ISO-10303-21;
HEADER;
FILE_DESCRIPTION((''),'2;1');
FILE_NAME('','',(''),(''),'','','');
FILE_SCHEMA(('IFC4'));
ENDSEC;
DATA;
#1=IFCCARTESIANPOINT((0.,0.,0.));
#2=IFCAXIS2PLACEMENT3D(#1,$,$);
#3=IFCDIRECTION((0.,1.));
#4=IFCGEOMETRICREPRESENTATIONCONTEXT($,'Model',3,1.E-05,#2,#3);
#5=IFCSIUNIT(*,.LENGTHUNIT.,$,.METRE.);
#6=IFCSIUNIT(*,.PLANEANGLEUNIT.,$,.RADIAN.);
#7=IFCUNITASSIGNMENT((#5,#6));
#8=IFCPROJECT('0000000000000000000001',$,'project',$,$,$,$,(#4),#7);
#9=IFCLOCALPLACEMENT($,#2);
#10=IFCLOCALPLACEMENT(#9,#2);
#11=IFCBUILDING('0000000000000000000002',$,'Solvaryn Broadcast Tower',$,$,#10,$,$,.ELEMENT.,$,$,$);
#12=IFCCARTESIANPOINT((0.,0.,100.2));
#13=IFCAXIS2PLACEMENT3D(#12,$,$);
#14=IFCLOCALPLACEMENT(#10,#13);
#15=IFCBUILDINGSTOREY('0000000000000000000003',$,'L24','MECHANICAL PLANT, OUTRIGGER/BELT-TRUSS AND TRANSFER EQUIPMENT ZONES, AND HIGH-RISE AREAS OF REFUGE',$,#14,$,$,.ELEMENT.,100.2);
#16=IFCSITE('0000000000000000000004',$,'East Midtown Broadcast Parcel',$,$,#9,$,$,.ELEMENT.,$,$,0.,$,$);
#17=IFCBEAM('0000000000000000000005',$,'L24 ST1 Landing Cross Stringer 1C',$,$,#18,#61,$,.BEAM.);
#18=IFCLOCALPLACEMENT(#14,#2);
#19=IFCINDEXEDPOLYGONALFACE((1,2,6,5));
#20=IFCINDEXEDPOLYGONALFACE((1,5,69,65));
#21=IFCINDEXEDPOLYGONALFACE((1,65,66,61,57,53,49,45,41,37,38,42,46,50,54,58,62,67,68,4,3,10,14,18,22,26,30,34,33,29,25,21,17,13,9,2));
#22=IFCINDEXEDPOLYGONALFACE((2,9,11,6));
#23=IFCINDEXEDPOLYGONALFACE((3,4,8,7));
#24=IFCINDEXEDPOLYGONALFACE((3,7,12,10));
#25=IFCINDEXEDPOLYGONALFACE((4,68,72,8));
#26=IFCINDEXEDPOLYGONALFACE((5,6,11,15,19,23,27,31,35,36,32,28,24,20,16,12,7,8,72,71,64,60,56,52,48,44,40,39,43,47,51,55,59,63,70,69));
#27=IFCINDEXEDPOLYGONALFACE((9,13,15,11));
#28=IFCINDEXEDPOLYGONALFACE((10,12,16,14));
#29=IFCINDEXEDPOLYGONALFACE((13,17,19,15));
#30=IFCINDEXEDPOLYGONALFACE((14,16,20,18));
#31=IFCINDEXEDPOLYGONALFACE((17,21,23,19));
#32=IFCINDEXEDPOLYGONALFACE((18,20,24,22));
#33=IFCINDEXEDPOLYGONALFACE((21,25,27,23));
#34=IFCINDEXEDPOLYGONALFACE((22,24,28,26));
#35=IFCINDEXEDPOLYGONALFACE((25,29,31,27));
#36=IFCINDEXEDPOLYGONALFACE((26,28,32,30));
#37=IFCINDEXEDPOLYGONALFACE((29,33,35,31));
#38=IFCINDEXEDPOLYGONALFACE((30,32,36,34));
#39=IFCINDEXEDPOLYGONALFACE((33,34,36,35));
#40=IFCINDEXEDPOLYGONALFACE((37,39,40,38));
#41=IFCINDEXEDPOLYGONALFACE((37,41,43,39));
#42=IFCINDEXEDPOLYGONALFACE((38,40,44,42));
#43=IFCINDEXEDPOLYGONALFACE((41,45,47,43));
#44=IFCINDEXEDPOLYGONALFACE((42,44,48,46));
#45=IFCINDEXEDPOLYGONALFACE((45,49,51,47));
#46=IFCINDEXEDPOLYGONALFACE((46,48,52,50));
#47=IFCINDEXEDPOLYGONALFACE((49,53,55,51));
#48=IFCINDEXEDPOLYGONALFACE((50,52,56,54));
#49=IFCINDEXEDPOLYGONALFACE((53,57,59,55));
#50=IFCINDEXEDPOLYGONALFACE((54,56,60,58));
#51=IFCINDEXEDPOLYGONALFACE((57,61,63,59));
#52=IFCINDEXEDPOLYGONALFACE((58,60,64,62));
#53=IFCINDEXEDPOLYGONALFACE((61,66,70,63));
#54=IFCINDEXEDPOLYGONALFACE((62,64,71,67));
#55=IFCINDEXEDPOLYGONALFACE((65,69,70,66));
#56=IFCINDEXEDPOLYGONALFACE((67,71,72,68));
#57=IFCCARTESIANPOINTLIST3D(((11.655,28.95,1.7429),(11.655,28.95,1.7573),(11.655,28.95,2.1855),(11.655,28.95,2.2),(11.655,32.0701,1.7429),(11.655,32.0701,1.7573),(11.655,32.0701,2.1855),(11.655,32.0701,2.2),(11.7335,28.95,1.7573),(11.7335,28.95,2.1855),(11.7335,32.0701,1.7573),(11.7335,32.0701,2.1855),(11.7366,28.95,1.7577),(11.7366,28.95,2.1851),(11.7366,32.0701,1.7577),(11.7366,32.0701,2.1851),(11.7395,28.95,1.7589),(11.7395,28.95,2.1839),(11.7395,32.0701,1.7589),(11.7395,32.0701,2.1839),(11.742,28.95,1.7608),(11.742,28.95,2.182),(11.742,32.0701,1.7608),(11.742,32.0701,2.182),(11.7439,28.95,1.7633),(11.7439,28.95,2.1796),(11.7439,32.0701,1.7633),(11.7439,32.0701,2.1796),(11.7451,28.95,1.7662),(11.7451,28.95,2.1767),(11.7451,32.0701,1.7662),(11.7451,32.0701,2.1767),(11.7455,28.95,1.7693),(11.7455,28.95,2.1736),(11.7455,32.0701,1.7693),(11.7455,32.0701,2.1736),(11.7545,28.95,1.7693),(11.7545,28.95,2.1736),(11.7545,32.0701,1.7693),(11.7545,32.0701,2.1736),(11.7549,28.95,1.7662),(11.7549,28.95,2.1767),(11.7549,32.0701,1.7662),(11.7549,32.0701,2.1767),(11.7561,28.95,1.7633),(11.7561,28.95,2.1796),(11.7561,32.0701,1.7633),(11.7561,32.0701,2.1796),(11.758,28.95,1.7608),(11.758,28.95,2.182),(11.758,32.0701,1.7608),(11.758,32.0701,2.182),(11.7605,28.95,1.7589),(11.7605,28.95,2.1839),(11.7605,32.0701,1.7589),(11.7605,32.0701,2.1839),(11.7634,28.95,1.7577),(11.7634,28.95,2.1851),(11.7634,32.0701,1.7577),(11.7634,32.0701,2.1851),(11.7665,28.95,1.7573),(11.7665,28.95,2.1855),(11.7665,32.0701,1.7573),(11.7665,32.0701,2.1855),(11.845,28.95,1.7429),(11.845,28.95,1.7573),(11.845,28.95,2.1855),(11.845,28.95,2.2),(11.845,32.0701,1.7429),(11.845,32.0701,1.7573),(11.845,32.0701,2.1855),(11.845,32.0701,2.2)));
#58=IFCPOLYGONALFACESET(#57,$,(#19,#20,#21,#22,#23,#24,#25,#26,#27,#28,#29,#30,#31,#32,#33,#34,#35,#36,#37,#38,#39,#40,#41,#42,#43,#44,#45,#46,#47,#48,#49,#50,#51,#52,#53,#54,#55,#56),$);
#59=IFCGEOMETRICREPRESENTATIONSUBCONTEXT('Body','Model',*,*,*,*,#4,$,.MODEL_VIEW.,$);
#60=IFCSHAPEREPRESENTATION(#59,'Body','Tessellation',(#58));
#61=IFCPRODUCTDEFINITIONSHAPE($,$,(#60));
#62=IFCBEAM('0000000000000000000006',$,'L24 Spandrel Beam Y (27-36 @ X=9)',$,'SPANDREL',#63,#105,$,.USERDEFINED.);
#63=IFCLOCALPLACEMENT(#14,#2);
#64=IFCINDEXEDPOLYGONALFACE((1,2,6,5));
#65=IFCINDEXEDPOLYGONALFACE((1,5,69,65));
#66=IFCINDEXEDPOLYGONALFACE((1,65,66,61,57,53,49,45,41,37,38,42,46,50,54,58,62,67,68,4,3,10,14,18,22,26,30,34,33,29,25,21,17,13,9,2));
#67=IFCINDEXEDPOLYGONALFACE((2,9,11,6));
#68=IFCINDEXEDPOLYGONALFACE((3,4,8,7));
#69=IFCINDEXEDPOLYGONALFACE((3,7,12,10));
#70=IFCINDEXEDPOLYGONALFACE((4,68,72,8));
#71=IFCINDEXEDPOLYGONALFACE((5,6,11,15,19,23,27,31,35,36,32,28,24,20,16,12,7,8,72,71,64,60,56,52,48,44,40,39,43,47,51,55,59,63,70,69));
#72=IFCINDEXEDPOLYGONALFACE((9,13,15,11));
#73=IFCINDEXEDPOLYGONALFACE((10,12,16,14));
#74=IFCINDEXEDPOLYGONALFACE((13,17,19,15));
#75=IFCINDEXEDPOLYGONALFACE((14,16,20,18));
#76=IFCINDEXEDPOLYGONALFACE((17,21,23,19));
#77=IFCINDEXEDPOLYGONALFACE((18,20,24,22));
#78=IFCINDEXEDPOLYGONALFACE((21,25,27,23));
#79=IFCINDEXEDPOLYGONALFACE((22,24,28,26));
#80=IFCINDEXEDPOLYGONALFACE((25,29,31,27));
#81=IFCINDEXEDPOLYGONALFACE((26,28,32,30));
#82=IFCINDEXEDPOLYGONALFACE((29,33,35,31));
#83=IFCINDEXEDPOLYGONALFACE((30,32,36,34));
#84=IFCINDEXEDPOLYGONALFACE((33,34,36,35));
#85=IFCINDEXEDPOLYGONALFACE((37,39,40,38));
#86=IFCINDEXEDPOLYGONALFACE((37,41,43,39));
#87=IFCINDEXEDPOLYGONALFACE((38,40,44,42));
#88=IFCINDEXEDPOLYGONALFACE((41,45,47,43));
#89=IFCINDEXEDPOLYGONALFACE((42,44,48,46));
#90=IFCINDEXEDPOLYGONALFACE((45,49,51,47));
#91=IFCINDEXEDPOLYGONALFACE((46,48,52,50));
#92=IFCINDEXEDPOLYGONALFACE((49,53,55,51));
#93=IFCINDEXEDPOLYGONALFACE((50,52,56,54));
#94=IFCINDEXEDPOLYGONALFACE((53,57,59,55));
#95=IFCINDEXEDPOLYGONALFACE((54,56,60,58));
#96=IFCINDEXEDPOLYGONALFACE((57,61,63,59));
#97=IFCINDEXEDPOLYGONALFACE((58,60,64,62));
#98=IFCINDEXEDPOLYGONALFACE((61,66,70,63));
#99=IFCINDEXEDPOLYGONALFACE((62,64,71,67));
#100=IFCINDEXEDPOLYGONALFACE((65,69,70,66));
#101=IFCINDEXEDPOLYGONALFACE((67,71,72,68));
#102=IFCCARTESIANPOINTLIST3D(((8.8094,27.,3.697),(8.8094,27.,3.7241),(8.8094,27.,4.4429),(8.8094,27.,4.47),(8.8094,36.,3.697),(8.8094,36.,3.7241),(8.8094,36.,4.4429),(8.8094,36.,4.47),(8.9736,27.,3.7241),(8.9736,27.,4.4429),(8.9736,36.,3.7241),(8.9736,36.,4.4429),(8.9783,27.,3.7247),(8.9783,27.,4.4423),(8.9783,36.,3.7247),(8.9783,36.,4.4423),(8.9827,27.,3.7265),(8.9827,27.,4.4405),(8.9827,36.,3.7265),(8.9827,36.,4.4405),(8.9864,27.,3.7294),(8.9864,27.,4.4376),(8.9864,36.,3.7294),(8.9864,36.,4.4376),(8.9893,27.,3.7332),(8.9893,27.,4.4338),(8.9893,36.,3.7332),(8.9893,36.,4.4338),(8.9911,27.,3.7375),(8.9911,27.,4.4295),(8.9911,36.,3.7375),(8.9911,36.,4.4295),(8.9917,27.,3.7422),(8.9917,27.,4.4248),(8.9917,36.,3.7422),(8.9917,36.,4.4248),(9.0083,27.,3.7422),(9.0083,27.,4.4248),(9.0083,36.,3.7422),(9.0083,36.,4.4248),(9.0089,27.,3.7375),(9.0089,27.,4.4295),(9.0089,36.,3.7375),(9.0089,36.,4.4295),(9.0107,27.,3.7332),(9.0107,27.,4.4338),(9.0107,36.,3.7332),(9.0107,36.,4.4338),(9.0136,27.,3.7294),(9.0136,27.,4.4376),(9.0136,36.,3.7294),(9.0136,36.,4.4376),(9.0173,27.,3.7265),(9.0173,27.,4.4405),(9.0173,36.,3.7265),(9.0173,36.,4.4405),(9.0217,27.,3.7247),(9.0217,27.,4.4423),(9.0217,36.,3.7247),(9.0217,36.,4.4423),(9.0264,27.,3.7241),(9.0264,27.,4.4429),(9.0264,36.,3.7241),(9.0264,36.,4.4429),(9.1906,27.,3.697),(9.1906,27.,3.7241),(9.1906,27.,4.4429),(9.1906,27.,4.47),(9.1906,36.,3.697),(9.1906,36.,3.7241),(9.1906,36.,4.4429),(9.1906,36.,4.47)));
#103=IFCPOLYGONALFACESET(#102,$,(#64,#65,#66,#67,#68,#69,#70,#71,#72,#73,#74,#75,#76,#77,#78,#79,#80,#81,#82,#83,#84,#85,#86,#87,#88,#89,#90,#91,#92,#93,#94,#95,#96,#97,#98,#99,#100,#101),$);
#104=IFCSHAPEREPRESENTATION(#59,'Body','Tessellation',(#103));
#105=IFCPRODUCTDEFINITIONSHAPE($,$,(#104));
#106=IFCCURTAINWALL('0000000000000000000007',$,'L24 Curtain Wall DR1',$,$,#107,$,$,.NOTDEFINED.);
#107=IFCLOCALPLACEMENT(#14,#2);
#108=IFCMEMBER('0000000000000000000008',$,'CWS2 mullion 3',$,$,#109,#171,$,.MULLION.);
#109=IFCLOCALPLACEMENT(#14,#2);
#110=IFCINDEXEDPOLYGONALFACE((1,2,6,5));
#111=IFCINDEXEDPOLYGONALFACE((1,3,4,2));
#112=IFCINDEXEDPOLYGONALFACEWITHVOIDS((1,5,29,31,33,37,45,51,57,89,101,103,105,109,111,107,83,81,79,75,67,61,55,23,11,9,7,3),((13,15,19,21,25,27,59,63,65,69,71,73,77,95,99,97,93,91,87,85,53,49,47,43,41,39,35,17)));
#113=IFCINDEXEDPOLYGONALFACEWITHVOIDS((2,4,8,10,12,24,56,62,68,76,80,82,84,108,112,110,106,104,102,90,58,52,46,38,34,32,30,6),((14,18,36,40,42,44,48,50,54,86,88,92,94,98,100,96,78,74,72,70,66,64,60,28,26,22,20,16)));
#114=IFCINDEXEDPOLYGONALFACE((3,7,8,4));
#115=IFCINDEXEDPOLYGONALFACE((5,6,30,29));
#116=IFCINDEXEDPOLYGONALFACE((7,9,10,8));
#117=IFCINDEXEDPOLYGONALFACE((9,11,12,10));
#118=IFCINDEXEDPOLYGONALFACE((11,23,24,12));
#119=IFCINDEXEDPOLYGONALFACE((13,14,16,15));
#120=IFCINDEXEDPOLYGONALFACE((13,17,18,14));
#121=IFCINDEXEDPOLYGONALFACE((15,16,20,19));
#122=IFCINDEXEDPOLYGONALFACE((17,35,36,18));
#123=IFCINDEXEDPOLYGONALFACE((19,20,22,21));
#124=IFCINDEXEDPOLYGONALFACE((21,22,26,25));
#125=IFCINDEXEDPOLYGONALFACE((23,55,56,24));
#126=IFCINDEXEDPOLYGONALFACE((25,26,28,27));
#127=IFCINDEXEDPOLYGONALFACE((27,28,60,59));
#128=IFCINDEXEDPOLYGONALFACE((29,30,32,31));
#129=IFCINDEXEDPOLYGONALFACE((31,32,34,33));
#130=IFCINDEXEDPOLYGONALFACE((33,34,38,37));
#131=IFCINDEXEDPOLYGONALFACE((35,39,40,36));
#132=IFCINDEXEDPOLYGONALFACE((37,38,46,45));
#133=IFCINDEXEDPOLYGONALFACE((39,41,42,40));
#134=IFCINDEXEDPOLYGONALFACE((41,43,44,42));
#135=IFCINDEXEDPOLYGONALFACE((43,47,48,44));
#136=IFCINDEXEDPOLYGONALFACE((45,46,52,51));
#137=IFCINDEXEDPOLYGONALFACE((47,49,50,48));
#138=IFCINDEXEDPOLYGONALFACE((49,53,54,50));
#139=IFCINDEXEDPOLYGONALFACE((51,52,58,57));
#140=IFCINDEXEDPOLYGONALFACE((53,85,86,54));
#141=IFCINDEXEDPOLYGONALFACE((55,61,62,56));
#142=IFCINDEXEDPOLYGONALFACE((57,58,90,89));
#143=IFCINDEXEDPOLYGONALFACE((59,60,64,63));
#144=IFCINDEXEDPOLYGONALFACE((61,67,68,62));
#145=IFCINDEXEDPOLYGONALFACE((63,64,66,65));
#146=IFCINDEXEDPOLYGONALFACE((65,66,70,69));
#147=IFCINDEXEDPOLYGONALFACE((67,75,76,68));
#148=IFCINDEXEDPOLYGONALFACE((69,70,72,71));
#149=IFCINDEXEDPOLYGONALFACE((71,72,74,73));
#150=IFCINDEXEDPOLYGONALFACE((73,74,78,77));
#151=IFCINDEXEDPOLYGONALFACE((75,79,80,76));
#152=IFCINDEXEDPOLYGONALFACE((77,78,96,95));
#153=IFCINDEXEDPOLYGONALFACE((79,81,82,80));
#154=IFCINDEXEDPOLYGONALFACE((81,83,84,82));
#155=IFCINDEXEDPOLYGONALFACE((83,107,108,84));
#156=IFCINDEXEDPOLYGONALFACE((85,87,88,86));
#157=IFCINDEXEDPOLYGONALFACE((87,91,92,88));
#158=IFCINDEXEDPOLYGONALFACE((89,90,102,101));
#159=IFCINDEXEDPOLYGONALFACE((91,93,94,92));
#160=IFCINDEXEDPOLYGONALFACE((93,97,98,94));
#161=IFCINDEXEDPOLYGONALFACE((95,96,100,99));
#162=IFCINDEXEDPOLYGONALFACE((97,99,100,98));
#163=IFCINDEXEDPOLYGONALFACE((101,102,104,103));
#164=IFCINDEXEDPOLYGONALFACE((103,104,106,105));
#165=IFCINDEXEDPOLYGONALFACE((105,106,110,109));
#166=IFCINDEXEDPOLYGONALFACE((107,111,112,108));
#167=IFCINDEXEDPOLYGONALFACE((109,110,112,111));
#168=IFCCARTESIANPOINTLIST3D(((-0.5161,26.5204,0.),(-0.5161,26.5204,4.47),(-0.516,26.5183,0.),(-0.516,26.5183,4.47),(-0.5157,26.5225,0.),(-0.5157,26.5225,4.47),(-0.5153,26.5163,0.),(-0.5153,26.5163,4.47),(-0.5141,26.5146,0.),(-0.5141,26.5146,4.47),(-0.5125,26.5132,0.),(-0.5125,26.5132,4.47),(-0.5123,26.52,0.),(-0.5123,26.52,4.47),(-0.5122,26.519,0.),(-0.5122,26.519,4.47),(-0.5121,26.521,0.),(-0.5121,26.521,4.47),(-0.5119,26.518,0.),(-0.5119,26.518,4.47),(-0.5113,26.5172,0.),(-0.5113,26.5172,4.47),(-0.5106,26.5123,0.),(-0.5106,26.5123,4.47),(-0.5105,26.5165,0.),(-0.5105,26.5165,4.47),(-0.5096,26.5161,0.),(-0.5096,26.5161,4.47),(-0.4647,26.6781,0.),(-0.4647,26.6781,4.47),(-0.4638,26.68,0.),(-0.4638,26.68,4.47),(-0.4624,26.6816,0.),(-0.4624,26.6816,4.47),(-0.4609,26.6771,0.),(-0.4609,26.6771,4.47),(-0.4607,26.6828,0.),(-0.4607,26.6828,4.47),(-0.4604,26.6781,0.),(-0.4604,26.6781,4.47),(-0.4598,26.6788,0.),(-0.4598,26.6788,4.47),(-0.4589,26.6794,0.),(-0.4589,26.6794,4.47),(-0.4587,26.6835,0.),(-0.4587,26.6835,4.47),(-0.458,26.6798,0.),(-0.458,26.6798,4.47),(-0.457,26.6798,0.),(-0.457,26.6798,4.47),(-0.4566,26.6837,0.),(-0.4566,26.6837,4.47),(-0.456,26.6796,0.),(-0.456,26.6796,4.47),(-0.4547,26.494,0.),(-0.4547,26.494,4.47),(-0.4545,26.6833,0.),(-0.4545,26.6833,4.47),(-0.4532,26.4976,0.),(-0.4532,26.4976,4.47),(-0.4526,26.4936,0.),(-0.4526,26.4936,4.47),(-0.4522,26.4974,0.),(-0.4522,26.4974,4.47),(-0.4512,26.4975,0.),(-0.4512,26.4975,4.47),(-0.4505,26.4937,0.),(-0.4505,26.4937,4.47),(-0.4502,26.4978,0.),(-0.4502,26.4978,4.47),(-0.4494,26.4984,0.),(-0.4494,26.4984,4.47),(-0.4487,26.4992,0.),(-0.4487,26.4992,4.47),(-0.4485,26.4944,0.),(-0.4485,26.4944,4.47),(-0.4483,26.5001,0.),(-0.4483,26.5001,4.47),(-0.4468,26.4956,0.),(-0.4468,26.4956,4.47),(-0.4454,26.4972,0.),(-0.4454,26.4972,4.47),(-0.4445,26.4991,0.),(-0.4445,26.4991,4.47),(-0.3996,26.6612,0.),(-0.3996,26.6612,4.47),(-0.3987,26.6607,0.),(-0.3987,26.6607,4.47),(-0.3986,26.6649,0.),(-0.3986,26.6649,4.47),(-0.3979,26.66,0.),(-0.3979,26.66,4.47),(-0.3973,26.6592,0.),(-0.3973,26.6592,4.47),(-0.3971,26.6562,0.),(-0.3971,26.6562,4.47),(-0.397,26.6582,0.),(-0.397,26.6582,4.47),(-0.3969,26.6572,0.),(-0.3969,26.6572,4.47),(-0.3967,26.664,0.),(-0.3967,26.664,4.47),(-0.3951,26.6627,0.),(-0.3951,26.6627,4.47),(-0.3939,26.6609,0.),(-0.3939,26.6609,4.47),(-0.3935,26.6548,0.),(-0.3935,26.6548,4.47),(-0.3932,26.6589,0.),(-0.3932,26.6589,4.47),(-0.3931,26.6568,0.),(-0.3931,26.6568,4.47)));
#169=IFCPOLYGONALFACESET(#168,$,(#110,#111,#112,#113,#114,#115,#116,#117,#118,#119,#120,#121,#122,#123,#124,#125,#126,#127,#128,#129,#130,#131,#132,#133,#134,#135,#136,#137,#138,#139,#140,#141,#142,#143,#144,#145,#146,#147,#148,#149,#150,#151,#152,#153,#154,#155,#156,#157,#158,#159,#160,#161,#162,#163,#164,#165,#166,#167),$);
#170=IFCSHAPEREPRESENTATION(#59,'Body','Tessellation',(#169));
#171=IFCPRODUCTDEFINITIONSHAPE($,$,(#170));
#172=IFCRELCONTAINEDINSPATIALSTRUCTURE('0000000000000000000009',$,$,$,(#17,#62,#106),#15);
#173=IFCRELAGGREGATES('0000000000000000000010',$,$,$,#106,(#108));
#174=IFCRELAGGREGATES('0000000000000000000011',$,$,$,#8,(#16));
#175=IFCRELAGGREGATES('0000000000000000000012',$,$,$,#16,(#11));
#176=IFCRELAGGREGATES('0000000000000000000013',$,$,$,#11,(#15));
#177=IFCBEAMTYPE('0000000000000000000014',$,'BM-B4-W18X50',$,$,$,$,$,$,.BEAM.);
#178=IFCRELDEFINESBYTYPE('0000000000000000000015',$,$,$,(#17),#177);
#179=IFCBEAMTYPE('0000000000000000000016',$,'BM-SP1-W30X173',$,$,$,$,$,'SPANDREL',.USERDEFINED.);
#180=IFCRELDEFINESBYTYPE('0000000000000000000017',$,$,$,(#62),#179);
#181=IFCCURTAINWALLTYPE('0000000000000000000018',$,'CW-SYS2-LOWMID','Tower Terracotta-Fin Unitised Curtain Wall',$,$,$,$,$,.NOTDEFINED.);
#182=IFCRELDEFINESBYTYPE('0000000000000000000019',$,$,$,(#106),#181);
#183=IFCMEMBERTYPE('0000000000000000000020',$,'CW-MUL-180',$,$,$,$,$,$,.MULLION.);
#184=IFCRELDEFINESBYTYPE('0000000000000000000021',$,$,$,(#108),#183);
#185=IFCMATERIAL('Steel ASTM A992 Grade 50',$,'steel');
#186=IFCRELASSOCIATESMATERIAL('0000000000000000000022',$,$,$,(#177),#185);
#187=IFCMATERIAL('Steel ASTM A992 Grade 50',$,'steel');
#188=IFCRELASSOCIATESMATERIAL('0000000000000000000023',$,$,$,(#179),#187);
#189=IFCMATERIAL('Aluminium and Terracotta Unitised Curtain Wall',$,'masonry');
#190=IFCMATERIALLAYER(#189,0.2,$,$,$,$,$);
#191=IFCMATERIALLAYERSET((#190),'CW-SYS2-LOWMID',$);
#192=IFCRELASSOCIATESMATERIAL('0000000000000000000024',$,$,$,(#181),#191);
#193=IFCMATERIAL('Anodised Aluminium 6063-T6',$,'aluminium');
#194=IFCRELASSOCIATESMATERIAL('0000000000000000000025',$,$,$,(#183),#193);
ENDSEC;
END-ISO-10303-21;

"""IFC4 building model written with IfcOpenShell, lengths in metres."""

from ifc_helpers import new_model, si_unit, direction, frame, origin, origin_2d, place, context, subcontext, project, spatial, hollow_rectangle, i_section, extrude, material, layer, layer_set, material_profile, profile_set, type_object, element, aggregate, save


model = new_model("IFC4")

# Units and contexts
model_context = context("Model", 3, precision=1e-05, world=origin(), true_north=direction((0.0, 1.0)))
body_context = subcontext(model_context, "Body", "Model", "MODEL_VIEW")
ifc_project = project(units=[si_unit("LENGTHUNIT", "METRE"), si_unit("PLANEANGLEUNIT", "RADIAN")], contexts=[model_context])

# Site, building, storey
site_placement = place(None, origin())
site = spatial("IfcSite", under=ifc_project, at=site_placement, Name="East Midtown Broadcast Parcel", CompositionType="ELEMENT", RefElevation=0.0)
building_placement = place(site_placement, origin())
building = spatial("IfcBuilding", under=site, at=building_placement, Name="Solvaryn Broadcast Tower", CompositionType="ELEMENT")
storey_placement = place(building_placement, frame((0.0, 0.0, 100.2)))
storey = spatial("IfcBuildingStorey", under=building, at=storey_placement, Name="L24", Description="MECHANICAL PLANT, OUTRIGGER/BELT-TRUSS AND TRANSFER EQUIPMENT ZONES, AND HIGH-RISE AREAS OF REFUGE", CompositionType="ELEMENT", Elevation=100.2)

# Beams
ifc_material_1 = material(Name="Steel ASTM A992 Grade 50", Category="steel")
ifc_material_profile_1 = material_profile(ifc_material_1, i_section(OverallWidth=0.1899, OverallDepth=0.457, WebThickness=0.009, FlangeThickness=0.0144, FilletRadius=0.012, at=origin_2d()))
ifc_profile_set_1 = profile_set([ifc_material_profile_1], Name="Steel ASTM A992 Grade 50")
beam_type_1 = type_object("IfcBeamType", Name="BM-B4-W18X50", PredefinedType="BEAM", material=ifc_profile_set_1)
beam_1_placement = place(storey_placement, frame((11.75, 28.95, 1.9714), z_axis=(0.0, 1.0, 0.0), x_axis=(-1.0, 0.0, 0.0)))
element("IfcBeam", 1, at=beam_1_placement, inside=storey, type_object=beam_type_1, Name="L24 ST1 Landing Cross Stringer 1C", PredefinedType="BEAM", context=body_context, shape_type="SweptSolid", body=[
    extrude(i_section(OverallWidth=0.1899, OverallDepth=0.457, WebThickness=0.009, FlangeThickness=0.0144, FilletRadius=0.012, at=origin_2d()), origin(), (0.0, 0.0, 1.0), 3.1201),
])
ifc_material_2 = material(Name="Steel ASTM A992 Grade 50", Category="steel")
ifc_material_profile_2 = material_profile(ifc_material_2, i_section(OverallWidth=0.3811, OverallDepth=0.7729, WebThickness=0.0166, FlangeThickness=0.0271, FilletRadius=0.0181, at=origin_2d()))
ifc_profile_set_2 = profile_set([ifc_material_profile_2], Name="Steel ASTM A992 Grade 50")
beam_type_2 = type_object("IfcBeamType", Name="BM-SP1-W30X173", ElementType="SPANDREL", PredefinedType="USERDEFINED", material=ifc_profile_set_2)
beam_2_placement = place(storey_placement, frame((9.0, 27.0, 4.0835), z_axis=(0.0, 1.0, 0.0), x_axis=(-1.0, 0.0, 0.0)))
element("IfcBeam", 2, at=beam_2_placement, inside=storey, type_object=beam_type_2, Name="L24 Spandrel Beam Y (27-36 @ X=9)", ObjectType="SPANDREL", PredefinedType="USERDEFINED", context=body_context, shape_type="SweptSolid", body=[
    extrude(i_section(OverallWidth=0.3811, OverallDepth=0.7729, WebThickness=0.0166, FlangeThickness=0.0271, FilletRadius=0.0181, at=origin_2d()), origin(), (0.0, 0.0, 1.0), 9.0),
])

# Curtain wall, member
ifc_material_3 = material(Name="Aluminium and Terracotta Unitised Curtain Wall", Category="masonry")
ifc_layer_1 = layer(ifc_material_3, 0.2)
ifc_layer_set_1 = layer_set([ifc_layer_1], Name="CW-SYS2-LOWMID")
curtain_wall_type = type_object("IfcCurtainWallType", Name="CW-SYS2-LOWMID", Description="Tower Terracotta-Fin Unitised Curtain Wall", PredefinedType="NOTDEFINED", material=ifc_layer_set_1)
curtain_wall_1_placement = place(storey_placement, origin())
curtain_wall_1 = element("IfcCurtainWall", 3, at=curtain_wall_1_placement, inside=storey, type_object=curtain_wall_type, Name="L24 Curtain Wall DR1", PredefinedType="NOTDEFINED")
ifc_material_4 = material(Name="Anodised Aluminium 6063-T6", Category="aluminium")
ifc_material_profile_3 = material_profile(ifc_material_4, hollow_rectangle(XDim=0.075, YDim=0.1799, WallThickness=0.0039, InnerFilletRadius=0.0039, OuterFilletRadius=0.0081, at=origin_2d()))
ifc_profile_set_3 = profile_set([ifc_material_profile_3], Name="Anodised Aluminium 6063-T6")
member_type_1 = type_object("IfcMemberType", Name="CW-MUL-180", PredefinedType="MULLION", material=ifc_profile_set_3)
member_1_placement = place(storey_placement, frame((-0.4546, 26.5886, 0.0), z_axis=(0.0, 0.0, 1.0), x_axis=(0.950215, -0.311594, 0.0)))
member_1 = element("IfcMember", 4, at=member_1_placement, type_object=member_type_1, Name="CWS2 mullion 3", PredefinedType="MULLION", context=body_context, shape_type="SweptSolid", body=[
    extrude(hollow_rectangle(XDim=0.075, YDim=0.1799, WallThickness=0.0039, InnerFilletRadius=0.0039, OuterFilletRadius=0.0081, at=origin_2d()), origin(), (0.0, 0.0, 1.0), 4.47),
])

aggregate(curtain_wall_1, [member_1])

save(model, "model.ifc")
